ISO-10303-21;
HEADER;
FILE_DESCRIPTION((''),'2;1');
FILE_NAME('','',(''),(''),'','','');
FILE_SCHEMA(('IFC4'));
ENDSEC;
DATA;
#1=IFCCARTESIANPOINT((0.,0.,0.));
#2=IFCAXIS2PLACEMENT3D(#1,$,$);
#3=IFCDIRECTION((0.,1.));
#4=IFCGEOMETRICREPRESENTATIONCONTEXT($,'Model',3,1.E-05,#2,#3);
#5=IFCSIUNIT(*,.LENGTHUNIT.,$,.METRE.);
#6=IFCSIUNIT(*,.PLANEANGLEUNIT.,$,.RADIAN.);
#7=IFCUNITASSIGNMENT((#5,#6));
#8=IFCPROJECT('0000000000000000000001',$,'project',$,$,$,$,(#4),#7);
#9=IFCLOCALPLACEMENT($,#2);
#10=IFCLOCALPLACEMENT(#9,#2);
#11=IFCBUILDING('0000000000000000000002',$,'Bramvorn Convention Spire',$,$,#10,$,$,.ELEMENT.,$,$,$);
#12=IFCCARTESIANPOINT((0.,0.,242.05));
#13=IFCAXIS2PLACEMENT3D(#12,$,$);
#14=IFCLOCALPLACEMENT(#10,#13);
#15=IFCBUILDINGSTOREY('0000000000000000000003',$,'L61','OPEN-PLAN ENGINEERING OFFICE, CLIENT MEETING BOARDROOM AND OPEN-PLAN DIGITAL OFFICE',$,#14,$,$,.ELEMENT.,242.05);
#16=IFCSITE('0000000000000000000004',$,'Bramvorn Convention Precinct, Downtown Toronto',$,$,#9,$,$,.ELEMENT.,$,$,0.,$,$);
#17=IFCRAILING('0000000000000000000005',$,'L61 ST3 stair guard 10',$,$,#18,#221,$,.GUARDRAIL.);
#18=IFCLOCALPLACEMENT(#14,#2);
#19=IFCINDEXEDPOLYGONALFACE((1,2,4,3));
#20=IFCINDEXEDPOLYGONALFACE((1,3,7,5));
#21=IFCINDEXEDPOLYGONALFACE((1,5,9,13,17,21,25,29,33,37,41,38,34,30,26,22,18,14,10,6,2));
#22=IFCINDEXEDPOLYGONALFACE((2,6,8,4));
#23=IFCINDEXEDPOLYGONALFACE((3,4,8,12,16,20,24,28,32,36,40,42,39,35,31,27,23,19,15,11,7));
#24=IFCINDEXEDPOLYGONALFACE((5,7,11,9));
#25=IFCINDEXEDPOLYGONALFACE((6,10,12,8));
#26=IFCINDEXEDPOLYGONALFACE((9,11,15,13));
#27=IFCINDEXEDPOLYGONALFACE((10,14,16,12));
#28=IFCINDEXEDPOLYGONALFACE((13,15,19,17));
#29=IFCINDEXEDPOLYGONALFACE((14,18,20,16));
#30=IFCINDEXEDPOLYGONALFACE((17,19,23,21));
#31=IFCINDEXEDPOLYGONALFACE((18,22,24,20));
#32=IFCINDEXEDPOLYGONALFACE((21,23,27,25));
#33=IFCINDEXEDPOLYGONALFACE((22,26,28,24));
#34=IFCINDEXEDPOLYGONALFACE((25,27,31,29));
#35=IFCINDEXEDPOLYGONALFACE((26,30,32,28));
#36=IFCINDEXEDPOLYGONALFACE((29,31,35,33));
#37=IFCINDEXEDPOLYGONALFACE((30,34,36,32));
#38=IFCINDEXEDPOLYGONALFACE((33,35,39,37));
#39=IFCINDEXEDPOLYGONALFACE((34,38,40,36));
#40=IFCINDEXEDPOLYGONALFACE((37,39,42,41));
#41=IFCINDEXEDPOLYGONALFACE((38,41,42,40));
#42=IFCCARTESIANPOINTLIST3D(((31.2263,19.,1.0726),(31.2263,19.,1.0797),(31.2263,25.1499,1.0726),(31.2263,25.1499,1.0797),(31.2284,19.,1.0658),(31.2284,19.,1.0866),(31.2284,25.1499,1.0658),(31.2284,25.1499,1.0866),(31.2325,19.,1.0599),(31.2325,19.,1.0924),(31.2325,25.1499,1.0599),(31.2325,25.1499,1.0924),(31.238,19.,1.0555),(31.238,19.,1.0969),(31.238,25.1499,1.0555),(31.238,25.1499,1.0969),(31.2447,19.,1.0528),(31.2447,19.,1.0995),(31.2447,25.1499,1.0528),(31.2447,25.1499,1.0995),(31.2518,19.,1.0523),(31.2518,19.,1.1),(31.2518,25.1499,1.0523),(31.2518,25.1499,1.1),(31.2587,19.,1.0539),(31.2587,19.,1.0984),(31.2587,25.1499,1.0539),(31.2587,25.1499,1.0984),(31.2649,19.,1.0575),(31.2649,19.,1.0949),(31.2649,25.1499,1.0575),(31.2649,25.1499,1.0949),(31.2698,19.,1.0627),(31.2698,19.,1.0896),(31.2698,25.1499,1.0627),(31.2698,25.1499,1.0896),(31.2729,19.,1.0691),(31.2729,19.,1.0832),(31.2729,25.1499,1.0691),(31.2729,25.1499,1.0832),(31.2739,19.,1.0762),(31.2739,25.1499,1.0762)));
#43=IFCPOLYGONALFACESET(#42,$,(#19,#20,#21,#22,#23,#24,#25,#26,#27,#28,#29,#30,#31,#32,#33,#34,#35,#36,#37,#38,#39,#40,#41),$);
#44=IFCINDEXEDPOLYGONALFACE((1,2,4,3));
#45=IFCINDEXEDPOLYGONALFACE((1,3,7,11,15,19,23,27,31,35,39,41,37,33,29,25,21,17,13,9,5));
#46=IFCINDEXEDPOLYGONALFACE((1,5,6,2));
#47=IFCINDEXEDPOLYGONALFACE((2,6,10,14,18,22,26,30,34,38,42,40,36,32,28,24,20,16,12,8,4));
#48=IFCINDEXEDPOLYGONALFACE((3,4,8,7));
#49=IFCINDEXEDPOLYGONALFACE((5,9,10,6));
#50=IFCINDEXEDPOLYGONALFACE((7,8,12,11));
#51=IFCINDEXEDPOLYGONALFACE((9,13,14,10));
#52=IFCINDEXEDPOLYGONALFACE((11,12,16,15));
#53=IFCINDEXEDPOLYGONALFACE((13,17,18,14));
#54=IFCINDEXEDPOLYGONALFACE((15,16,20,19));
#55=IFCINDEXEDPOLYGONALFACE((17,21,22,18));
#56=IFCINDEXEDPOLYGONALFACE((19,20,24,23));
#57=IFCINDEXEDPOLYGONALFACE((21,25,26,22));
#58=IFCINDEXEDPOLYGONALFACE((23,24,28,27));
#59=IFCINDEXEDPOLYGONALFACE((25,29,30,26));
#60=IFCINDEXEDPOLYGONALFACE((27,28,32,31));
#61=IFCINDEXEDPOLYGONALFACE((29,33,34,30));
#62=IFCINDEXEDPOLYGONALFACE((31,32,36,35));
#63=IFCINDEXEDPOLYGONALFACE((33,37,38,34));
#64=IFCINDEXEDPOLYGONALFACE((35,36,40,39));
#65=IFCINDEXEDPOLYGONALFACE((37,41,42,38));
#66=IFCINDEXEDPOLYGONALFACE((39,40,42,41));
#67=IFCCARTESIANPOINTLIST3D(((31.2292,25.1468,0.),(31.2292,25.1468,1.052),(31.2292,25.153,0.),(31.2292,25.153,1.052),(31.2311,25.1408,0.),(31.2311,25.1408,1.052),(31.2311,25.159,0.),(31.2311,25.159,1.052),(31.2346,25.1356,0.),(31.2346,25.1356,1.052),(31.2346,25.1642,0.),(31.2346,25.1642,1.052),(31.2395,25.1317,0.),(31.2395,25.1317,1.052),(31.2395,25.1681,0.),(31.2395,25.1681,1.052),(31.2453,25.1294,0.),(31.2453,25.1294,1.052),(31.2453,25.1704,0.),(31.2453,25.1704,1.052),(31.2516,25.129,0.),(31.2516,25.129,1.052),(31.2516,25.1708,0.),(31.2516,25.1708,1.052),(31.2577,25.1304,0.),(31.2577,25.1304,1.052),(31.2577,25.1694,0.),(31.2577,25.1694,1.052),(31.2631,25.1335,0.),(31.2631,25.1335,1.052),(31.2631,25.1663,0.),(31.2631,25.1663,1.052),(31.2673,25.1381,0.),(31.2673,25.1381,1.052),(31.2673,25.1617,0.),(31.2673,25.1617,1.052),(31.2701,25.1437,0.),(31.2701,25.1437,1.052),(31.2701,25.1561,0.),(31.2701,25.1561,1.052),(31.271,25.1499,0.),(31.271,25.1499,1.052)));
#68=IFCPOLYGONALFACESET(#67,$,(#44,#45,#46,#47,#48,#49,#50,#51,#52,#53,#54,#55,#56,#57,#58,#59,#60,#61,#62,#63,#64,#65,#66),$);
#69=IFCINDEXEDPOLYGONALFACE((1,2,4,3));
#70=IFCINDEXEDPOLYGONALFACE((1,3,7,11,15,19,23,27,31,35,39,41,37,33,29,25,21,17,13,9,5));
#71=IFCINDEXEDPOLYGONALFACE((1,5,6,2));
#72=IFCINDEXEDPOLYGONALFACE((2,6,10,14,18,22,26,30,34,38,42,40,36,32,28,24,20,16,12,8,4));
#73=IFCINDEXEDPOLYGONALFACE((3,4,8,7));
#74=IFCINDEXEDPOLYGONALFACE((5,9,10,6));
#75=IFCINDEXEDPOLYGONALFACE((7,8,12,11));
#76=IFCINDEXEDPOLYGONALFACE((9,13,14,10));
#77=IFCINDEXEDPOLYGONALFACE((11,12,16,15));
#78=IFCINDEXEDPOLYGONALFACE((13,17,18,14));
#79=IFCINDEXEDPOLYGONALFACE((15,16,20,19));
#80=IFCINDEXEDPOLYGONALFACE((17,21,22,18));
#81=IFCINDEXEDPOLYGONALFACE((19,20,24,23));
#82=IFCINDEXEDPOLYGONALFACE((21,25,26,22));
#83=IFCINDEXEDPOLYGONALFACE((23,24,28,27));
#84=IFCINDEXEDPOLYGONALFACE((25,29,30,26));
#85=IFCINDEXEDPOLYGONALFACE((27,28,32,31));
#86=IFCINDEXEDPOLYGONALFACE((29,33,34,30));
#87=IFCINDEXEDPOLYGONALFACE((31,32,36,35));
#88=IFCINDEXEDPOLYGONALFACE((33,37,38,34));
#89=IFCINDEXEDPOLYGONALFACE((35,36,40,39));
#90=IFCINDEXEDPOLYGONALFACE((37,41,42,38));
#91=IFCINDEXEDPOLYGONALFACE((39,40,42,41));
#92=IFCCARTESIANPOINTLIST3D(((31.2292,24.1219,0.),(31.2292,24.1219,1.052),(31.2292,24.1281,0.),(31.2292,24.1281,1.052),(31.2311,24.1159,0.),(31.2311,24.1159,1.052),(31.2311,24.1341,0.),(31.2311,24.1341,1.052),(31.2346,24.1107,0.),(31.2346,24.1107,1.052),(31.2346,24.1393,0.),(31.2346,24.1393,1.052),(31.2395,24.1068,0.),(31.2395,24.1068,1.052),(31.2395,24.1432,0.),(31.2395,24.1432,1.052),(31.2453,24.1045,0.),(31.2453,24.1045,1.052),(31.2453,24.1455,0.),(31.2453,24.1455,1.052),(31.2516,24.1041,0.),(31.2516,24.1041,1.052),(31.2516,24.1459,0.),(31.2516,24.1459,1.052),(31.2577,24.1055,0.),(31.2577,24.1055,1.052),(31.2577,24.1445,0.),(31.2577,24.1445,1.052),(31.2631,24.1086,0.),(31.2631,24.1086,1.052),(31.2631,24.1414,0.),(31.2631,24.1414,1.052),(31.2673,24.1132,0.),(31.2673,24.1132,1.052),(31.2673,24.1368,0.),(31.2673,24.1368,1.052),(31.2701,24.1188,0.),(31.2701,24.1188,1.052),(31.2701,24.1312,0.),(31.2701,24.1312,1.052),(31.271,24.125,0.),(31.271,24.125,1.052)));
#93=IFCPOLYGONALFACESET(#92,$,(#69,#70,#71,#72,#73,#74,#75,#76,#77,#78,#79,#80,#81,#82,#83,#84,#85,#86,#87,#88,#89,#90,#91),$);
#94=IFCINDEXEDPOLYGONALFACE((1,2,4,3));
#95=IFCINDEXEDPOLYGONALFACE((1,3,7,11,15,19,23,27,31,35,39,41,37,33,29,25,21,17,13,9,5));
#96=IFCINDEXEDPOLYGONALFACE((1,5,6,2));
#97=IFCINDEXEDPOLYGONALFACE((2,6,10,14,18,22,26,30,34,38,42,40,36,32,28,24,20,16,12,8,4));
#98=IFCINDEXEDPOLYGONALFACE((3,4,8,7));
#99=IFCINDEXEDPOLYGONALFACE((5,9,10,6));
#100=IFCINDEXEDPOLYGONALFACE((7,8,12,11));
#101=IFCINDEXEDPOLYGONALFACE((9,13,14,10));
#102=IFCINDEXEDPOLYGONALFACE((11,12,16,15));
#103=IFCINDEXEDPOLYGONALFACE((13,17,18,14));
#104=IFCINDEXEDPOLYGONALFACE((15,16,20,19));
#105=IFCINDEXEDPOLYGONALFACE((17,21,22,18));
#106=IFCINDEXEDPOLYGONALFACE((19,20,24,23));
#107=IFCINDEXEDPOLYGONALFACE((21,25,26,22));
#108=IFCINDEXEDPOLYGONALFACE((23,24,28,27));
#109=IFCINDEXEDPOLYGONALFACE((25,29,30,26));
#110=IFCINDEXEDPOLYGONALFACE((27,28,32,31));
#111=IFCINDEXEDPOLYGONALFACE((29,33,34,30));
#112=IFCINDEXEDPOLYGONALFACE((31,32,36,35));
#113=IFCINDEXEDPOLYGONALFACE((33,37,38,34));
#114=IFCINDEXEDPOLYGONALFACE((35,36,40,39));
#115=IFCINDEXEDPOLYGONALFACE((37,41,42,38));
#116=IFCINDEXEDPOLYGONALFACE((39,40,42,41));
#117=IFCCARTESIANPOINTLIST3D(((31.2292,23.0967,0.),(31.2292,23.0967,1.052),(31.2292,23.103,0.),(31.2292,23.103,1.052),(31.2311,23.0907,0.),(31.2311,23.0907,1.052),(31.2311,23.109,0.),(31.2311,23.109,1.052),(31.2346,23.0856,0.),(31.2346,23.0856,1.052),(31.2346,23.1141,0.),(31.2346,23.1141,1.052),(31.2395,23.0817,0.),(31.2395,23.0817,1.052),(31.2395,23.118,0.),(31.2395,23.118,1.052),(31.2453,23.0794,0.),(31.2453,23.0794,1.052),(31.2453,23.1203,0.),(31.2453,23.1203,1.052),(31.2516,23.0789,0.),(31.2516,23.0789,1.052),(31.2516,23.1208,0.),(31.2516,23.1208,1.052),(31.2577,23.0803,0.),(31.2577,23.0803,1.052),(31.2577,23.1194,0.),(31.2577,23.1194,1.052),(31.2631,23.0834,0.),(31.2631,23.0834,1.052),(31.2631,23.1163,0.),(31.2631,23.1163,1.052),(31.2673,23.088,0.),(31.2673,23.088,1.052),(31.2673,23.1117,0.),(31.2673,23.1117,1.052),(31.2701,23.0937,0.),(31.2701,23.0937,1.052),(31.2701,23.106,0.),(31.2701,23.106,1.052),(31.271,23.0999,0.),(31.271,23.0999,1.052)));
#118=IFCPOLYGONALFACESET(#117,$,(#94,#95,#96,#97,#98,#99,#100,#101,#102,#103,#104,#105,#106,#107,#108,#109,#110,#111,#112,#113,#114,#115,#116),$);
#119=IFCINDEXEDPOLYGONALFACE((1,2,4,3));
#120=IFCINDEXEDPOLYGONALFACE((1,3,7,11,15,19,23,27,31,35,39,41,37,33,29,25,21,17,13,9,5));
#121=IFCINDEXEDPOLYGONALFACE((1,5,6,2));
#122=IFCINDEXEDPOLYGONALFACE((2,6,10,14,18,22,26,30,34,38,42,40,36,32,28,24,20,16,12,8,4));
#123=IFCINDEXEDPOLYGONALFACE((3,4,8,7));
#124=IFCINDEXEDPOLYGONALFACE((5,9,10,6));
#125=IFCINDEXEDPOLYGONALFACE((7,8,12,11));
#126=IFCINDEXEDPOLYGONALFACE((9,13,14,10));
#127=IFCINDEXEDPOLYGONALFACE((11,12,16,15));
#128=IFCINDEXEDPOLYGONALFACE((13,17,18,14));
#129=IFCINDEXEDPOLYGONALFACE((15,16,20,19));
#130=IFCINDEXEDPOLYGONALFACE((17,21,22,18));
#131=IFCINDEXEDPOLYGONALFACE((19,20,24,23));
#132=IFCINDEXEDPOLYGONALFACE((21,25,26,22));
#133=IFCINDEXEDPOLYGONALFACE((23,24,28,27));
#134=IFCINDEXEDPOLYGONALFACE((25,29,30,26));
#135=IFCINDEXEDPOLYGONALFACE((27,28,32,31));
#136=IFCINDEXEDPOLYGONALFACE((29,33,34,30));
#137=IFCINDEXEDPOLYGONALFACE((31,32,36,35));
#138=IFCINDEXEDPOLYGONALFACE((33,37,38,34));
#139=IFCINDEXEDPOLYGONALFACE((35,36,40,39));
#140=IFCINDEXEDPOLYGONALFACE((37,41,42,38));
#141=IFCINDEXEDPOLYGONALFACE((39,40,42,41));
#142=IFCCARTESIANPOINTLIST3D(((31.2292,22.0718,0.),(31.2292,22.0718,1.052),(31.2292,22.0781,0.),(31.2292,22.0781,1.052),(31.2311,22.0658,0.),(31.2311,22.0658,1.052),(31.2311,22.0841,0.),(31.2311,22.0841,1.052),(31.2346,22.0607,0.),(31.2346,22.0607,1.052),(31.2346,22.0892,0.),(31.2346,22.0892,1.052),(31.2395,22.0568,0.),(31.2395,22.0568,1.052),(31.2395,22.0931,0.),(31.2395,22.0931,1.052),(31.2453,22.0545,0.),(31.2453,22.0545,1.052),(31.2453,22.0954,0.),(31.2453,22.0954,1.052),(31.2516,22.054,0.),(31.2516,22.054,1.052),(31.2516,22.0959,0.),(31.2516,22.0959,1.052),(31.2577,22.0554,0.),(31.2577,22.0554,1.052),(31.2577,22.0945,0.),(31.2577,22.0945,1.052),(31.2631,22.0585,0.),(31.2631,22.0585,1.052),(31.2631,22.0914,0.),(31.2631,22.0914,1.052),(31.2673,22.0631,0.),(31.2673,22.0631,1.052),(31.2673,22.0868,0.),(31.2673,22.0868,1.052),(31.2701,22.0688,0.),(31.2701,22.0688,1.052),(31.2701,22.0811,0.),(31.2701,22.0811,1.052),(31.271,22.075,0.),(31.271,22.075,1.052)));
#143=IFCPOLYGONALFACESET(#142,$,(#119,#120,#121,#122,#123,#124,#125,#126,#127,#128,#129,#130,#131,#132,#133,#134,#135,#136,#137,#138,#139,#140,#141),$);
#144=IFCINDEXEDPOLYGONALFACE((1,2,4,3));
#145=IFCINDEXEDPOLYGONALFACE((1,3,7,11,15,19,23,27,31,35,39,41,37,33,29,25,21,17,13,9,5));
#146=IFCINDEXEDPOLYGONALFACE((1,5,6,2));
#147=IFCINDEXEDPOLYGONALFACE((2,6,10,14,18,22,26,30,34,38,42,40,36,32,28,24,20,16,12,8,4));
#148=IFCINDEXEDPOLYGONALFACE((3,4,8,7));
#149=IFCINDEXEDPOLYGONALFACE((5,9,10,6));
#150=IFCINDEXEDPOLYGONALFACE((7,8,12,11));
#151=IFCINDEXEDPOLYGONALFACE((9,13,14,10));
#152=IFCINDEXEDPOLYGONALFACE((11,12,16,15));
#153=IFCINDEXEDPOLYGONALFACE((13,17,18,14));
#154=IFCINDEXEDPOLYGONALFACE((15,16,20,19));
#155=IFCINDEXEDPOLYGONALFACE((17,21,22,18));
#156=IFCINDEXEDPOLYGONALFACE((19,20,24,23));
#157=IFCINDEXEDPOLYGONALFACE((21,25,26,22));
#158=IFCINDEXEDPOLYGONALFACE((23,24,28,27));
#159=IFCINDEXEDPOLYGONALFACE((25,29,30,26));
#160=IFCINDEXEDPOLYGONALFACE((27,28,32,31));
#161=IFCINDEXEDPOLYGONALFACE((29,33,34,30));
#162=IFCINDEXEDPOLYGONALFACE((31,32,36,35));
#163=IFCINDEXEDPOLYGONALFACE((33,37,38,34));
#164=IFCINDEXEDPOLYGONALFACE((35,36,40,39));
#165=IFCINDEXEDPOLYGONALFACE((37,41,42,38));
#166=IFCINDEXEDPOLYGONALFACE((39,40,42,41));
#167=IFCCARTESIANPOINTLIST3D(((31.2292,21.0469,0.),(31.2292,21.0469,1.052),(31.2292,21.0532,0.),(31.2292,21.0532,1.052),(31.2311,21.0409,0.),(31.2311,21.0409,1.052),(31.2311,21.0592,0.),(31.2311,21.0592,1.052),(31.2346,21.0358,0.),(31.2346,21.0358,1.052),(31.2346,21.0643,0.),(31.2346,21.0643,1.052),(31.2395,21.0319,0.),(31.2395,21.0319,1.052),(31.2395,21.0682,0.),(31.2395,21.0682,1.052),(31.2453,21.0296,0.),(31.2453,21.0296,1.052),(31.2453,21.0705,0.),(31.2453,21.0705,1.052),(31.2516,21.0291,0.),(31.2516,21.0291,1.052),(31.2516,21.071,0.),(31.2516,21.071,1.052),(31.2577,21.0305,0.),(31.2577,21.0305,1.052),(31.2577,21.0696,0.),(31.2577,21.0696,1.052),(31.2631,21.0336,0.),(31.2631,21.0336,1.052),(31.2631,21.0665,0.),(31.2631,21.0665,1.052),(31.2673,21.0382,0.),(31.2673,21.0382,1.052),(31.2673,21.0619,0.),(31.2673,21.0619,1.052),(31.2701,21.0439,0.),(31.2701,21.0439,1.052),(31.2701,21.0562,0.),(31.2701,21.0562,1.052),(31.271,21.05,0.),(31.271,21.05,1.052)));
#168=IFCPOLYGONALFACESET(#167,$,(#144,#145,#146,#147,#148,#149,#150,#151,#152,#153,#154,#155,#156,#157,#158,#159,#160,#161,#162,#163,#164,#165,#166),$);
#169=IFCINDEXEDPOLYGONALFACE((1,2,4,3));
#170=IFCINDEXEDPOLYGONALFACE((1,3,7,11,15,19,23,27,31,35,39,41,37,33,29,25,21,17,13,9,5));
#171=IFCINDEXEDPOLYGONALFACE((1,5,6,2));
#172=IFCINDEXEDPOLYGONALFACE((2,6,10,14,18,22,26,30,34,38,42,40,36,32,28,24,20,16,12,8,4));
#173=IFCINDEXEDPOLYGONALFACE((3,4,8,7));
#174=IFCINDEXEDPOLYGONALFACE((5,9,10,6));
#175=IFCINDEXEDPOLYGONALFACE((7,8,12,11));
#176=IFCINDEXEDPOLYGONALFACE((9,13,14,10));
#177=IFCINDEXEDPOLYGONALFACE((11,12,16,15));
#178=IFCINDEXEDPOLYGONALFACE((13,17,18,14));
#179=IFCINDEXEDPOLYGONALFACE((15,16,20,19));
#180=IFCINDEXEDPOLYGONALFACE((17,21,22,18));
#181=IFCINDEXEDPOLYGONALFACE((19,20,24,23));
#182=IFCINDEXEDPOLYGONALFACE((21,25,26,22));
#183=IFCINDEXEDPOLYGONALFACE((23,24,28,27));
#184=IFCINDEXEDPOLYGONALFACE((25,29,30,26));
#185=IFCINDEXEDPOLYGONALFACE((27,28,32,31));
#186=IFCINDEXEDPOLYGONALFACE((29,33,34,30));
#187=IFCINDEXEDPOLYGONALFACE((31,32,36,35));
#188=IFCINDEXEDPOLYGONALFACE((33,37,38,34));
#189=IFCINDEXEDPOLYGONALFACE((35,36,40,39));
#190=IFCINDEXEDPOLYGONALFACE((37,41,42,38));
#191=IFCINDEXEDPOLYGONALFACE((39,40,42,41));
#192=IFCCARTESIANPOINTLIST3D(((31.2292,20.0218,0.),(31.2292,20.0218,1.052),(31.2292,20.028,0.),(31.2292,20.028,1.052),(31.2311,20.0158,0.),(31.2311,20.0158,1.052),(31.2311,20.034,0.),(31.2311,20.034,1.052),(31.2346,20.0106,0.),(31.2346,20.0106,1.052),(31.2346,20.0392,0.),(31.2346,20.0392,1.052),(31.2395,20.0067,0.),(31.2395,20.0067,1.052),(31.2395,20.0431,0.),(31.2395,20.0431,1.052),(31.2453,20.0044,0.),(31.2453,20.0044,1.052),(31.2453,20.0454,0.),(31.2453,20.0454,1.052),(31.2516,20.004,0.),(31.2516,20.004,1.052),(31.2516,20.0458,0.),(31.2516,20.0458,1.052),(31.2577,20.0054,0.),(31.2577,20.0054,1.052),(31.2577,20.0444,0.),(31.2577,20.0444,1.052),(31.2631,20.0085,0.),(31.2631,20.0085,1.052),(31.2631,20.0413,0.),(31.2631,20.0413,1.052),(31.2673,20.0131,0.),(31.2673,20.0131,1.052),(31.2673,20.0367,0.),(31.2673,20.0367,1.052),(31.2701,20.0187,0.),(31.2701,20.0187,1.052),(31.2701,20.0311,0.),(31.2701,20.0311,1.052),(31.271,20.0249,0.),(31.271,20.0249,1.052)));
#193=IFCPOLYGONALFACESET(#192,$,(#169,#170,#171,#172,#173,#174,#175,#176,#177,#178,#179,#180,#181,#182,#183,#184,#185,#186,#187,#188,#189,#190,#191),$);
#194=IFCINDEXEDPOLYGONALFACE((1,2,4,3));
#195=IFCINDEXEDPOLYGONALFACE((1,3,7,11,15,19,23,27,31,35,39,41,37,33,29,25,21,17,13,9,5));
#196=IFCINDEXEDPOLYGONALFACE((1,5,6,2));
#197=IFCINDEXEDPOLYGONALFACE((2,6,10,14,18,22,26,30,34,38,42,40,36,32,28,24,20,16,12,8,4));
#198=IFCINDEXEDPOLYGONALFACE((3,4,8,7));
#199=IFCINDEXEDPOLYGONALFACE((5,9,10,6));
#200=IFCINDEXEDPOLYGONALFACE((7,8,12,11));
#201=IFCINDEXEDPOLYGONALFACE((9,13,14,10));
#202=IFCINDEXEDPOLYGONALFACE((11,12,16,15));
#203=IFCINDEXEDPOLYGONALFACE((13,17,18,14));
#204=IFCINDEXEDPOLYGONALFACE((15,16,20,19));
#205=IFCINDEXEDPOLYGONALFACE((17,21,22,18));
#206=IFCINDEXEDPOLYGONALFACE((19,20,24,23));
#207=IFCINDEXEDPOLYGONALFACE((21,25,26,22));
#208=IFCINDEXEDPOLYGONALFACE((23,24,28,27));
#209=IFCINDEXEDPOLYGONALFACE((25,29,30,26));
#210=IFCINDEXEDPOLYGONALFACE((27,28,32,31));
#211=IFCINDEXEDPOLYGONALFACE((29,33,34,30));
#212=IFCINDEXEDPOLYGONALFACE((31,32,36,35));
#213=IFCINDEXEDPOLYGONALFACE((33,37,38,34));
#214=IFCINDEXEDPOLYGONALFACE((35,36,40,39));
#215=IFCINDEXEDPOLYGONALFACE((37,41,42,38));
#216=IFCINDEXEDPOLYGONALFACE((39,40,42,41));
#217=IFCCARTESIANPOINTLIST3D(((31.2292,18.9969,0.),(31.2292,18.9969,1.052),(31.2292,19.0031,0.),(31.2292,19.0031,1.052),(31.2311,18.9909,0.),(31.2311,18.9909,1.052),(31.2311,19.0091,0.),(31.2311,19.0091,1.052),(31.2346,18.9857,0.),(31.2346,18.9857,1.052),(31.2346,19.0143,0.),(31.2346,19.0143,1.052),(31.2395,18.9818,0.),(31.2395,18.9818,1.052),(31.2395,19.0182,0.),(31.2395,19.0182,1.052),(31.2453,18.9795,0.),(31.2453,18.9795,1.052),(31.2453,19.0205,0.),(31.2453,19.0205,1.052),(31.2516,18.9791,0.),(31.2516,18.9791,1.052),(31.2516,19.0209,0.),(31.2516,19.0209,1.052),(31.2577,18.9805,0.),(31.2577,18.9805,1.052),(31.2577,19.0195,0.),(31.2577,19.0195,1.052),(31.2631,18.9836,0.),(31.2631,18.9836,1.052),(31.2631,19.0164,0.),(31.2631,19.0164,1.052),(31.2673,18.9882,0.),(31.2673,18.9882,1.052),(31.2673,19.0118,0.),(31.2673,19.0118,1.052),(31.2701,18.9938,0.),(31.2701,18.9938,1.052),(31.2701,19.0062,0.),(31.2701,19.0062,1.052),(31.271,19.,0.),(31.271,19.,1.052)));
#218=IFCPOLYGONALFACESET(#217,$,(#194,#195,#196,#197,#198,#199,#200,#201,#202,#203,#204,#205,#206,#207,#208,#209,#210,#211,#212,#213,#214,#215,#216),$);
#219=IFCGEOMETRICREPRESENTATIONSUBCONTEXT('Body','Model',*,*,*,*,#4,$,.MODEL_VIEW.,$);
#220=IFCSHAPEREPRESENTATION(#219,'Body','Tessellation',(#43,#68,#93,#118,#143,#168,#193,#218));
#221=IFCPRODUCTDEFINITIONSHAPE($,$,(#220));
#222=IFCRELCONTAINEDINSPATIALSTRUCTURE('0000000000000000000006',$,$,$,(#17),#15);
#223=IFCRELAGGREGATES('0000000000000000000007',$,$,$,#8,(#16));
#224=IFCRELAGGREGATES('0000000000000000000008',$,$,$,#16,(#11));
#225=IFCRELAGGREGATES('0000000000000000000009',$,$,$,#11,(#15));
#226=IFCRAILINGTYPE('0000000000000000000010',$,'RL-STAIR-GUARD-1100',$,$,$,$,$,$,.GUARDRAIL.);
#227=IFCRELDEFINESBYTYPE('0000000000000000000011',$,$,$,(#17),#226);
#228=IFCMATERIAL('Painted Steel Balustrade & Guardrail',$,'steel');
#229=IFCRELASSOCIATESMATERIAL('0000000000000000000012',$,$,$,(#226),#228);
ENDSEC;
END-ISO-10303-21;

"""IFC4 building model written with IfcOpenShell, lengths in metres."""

from ifc_helpers import new_model, si_unit, direction, frame, origin, origin_2d, place, context, subcontext, project, spatial, circle, extrude, material, type_object, element, save


model = new_model("IFC4")

# Units and contexts
model_context = context("Model", 3, precision=1e-05, world=origin(), true_north=direction((0.0, 1.0)))
body_context = subcontext(model_context, "Body", "Model", "MODEL_VIEW")
ifc_project = project(units=[si_unit("LENGTHUNIT", "METRE"), si_unit("PLANEANGLEUNIT", "RADIAN")], contexts=[model_context])

# Site, building, storey
site_placement = place(None, origin())
site = spatial("IfcSite", under=ifc_project, at=site_placement, Name="Bramvorn Convention Precinct, Downtown Toronto", CompositionType="ELEMENT", RefElevation=0.0)
building_placement = place(site_placement, origin())
building = spatial("IfcBuilding", under=site, at=building_placement, Name="Bramvorn Convention Spire", CompositionType="ELEMENT")
storey_placement = place(building_placement, frame((0.0, 0.0, 242.05)))
storey = spatial("IfcBuildingStorey", under=building, at=storey_placement, Name="L61", Description="OPEN-PLAN ENGINEERING OFFICE, CLIENT MEETING BOARDROOM AND OPEN-PLAN DIGITAL OFFICE", CompositionType="ELEMENT", Elevation=242.05)

# Railing
ifc_material_1 = material(Name="Painted Steel Balustrade & Guardrail", Category="steel")
railing_type_1 = type_object("IfcRailingType", Name="RL-STAIR-GUARD-1100", PredefinedType="GUARDRAIL", material=ifc_material_1)
railing_1_placement = place(storey_placement, frame((31.25, 25.1499, 0.0)))
element("IfcRailing", 1, at=railing_1_placement, inside=storey, type_object=railing_type_1, Name="L61 ST3 stair guard 10", PredefinedType="GUARDRAIL", context=body_context, shape_type="SweptSolid", body=[
    extrude(circle(Radius=0.0239, at=origin_2d()), frame((0.0, 0.0, 1.0762), z_axis=(0.0, -1.0, 0.0), x_axis=(1.0, 0.0, 0.0)), (0.0, 0.0, 1.0), 6.1499),
    extrude(circle(Radius=0.021, at=origin_2d()), origin(), (0.0, 0.0, 1.0), 1.052),
    extrude(circle(Radius=0.021, at=origin_2d()), frame((0.0, -1.0249, 0.0)), (0.0, 0.0, 1.0), 1.052),
    extrude(circle(Radius=0.021, at=origin_2d()), frame((0.0, -2.05, 0.0)), (0.0, 0.0, 1.0), 1.052),
    extrude(circle(Radius=0.021, at=origin_2d()), frame((0.0, -3.075, 0.0)), (0.0, 0.0, 1.0), 1.052),
    extrude(circle(Radius=0.021, at=origin_2d()), frame((0.0, -4.0999, 0.0)), (0.0, 0.0, 1.0), 1.052),
    extrude(circle(Radius=0.021, at=origin_2d()), frame((0.0, -5.125, 0.0)), (0.0, 0.0, 1.0), 1.052),
    extrude(circle(Radius=0.021, at=origin_2d()), frame((0.0, -6.1499, 0.0)), (0.0, 0.0, 1.0), 1.052),
])

save(model, "model.ifc")
